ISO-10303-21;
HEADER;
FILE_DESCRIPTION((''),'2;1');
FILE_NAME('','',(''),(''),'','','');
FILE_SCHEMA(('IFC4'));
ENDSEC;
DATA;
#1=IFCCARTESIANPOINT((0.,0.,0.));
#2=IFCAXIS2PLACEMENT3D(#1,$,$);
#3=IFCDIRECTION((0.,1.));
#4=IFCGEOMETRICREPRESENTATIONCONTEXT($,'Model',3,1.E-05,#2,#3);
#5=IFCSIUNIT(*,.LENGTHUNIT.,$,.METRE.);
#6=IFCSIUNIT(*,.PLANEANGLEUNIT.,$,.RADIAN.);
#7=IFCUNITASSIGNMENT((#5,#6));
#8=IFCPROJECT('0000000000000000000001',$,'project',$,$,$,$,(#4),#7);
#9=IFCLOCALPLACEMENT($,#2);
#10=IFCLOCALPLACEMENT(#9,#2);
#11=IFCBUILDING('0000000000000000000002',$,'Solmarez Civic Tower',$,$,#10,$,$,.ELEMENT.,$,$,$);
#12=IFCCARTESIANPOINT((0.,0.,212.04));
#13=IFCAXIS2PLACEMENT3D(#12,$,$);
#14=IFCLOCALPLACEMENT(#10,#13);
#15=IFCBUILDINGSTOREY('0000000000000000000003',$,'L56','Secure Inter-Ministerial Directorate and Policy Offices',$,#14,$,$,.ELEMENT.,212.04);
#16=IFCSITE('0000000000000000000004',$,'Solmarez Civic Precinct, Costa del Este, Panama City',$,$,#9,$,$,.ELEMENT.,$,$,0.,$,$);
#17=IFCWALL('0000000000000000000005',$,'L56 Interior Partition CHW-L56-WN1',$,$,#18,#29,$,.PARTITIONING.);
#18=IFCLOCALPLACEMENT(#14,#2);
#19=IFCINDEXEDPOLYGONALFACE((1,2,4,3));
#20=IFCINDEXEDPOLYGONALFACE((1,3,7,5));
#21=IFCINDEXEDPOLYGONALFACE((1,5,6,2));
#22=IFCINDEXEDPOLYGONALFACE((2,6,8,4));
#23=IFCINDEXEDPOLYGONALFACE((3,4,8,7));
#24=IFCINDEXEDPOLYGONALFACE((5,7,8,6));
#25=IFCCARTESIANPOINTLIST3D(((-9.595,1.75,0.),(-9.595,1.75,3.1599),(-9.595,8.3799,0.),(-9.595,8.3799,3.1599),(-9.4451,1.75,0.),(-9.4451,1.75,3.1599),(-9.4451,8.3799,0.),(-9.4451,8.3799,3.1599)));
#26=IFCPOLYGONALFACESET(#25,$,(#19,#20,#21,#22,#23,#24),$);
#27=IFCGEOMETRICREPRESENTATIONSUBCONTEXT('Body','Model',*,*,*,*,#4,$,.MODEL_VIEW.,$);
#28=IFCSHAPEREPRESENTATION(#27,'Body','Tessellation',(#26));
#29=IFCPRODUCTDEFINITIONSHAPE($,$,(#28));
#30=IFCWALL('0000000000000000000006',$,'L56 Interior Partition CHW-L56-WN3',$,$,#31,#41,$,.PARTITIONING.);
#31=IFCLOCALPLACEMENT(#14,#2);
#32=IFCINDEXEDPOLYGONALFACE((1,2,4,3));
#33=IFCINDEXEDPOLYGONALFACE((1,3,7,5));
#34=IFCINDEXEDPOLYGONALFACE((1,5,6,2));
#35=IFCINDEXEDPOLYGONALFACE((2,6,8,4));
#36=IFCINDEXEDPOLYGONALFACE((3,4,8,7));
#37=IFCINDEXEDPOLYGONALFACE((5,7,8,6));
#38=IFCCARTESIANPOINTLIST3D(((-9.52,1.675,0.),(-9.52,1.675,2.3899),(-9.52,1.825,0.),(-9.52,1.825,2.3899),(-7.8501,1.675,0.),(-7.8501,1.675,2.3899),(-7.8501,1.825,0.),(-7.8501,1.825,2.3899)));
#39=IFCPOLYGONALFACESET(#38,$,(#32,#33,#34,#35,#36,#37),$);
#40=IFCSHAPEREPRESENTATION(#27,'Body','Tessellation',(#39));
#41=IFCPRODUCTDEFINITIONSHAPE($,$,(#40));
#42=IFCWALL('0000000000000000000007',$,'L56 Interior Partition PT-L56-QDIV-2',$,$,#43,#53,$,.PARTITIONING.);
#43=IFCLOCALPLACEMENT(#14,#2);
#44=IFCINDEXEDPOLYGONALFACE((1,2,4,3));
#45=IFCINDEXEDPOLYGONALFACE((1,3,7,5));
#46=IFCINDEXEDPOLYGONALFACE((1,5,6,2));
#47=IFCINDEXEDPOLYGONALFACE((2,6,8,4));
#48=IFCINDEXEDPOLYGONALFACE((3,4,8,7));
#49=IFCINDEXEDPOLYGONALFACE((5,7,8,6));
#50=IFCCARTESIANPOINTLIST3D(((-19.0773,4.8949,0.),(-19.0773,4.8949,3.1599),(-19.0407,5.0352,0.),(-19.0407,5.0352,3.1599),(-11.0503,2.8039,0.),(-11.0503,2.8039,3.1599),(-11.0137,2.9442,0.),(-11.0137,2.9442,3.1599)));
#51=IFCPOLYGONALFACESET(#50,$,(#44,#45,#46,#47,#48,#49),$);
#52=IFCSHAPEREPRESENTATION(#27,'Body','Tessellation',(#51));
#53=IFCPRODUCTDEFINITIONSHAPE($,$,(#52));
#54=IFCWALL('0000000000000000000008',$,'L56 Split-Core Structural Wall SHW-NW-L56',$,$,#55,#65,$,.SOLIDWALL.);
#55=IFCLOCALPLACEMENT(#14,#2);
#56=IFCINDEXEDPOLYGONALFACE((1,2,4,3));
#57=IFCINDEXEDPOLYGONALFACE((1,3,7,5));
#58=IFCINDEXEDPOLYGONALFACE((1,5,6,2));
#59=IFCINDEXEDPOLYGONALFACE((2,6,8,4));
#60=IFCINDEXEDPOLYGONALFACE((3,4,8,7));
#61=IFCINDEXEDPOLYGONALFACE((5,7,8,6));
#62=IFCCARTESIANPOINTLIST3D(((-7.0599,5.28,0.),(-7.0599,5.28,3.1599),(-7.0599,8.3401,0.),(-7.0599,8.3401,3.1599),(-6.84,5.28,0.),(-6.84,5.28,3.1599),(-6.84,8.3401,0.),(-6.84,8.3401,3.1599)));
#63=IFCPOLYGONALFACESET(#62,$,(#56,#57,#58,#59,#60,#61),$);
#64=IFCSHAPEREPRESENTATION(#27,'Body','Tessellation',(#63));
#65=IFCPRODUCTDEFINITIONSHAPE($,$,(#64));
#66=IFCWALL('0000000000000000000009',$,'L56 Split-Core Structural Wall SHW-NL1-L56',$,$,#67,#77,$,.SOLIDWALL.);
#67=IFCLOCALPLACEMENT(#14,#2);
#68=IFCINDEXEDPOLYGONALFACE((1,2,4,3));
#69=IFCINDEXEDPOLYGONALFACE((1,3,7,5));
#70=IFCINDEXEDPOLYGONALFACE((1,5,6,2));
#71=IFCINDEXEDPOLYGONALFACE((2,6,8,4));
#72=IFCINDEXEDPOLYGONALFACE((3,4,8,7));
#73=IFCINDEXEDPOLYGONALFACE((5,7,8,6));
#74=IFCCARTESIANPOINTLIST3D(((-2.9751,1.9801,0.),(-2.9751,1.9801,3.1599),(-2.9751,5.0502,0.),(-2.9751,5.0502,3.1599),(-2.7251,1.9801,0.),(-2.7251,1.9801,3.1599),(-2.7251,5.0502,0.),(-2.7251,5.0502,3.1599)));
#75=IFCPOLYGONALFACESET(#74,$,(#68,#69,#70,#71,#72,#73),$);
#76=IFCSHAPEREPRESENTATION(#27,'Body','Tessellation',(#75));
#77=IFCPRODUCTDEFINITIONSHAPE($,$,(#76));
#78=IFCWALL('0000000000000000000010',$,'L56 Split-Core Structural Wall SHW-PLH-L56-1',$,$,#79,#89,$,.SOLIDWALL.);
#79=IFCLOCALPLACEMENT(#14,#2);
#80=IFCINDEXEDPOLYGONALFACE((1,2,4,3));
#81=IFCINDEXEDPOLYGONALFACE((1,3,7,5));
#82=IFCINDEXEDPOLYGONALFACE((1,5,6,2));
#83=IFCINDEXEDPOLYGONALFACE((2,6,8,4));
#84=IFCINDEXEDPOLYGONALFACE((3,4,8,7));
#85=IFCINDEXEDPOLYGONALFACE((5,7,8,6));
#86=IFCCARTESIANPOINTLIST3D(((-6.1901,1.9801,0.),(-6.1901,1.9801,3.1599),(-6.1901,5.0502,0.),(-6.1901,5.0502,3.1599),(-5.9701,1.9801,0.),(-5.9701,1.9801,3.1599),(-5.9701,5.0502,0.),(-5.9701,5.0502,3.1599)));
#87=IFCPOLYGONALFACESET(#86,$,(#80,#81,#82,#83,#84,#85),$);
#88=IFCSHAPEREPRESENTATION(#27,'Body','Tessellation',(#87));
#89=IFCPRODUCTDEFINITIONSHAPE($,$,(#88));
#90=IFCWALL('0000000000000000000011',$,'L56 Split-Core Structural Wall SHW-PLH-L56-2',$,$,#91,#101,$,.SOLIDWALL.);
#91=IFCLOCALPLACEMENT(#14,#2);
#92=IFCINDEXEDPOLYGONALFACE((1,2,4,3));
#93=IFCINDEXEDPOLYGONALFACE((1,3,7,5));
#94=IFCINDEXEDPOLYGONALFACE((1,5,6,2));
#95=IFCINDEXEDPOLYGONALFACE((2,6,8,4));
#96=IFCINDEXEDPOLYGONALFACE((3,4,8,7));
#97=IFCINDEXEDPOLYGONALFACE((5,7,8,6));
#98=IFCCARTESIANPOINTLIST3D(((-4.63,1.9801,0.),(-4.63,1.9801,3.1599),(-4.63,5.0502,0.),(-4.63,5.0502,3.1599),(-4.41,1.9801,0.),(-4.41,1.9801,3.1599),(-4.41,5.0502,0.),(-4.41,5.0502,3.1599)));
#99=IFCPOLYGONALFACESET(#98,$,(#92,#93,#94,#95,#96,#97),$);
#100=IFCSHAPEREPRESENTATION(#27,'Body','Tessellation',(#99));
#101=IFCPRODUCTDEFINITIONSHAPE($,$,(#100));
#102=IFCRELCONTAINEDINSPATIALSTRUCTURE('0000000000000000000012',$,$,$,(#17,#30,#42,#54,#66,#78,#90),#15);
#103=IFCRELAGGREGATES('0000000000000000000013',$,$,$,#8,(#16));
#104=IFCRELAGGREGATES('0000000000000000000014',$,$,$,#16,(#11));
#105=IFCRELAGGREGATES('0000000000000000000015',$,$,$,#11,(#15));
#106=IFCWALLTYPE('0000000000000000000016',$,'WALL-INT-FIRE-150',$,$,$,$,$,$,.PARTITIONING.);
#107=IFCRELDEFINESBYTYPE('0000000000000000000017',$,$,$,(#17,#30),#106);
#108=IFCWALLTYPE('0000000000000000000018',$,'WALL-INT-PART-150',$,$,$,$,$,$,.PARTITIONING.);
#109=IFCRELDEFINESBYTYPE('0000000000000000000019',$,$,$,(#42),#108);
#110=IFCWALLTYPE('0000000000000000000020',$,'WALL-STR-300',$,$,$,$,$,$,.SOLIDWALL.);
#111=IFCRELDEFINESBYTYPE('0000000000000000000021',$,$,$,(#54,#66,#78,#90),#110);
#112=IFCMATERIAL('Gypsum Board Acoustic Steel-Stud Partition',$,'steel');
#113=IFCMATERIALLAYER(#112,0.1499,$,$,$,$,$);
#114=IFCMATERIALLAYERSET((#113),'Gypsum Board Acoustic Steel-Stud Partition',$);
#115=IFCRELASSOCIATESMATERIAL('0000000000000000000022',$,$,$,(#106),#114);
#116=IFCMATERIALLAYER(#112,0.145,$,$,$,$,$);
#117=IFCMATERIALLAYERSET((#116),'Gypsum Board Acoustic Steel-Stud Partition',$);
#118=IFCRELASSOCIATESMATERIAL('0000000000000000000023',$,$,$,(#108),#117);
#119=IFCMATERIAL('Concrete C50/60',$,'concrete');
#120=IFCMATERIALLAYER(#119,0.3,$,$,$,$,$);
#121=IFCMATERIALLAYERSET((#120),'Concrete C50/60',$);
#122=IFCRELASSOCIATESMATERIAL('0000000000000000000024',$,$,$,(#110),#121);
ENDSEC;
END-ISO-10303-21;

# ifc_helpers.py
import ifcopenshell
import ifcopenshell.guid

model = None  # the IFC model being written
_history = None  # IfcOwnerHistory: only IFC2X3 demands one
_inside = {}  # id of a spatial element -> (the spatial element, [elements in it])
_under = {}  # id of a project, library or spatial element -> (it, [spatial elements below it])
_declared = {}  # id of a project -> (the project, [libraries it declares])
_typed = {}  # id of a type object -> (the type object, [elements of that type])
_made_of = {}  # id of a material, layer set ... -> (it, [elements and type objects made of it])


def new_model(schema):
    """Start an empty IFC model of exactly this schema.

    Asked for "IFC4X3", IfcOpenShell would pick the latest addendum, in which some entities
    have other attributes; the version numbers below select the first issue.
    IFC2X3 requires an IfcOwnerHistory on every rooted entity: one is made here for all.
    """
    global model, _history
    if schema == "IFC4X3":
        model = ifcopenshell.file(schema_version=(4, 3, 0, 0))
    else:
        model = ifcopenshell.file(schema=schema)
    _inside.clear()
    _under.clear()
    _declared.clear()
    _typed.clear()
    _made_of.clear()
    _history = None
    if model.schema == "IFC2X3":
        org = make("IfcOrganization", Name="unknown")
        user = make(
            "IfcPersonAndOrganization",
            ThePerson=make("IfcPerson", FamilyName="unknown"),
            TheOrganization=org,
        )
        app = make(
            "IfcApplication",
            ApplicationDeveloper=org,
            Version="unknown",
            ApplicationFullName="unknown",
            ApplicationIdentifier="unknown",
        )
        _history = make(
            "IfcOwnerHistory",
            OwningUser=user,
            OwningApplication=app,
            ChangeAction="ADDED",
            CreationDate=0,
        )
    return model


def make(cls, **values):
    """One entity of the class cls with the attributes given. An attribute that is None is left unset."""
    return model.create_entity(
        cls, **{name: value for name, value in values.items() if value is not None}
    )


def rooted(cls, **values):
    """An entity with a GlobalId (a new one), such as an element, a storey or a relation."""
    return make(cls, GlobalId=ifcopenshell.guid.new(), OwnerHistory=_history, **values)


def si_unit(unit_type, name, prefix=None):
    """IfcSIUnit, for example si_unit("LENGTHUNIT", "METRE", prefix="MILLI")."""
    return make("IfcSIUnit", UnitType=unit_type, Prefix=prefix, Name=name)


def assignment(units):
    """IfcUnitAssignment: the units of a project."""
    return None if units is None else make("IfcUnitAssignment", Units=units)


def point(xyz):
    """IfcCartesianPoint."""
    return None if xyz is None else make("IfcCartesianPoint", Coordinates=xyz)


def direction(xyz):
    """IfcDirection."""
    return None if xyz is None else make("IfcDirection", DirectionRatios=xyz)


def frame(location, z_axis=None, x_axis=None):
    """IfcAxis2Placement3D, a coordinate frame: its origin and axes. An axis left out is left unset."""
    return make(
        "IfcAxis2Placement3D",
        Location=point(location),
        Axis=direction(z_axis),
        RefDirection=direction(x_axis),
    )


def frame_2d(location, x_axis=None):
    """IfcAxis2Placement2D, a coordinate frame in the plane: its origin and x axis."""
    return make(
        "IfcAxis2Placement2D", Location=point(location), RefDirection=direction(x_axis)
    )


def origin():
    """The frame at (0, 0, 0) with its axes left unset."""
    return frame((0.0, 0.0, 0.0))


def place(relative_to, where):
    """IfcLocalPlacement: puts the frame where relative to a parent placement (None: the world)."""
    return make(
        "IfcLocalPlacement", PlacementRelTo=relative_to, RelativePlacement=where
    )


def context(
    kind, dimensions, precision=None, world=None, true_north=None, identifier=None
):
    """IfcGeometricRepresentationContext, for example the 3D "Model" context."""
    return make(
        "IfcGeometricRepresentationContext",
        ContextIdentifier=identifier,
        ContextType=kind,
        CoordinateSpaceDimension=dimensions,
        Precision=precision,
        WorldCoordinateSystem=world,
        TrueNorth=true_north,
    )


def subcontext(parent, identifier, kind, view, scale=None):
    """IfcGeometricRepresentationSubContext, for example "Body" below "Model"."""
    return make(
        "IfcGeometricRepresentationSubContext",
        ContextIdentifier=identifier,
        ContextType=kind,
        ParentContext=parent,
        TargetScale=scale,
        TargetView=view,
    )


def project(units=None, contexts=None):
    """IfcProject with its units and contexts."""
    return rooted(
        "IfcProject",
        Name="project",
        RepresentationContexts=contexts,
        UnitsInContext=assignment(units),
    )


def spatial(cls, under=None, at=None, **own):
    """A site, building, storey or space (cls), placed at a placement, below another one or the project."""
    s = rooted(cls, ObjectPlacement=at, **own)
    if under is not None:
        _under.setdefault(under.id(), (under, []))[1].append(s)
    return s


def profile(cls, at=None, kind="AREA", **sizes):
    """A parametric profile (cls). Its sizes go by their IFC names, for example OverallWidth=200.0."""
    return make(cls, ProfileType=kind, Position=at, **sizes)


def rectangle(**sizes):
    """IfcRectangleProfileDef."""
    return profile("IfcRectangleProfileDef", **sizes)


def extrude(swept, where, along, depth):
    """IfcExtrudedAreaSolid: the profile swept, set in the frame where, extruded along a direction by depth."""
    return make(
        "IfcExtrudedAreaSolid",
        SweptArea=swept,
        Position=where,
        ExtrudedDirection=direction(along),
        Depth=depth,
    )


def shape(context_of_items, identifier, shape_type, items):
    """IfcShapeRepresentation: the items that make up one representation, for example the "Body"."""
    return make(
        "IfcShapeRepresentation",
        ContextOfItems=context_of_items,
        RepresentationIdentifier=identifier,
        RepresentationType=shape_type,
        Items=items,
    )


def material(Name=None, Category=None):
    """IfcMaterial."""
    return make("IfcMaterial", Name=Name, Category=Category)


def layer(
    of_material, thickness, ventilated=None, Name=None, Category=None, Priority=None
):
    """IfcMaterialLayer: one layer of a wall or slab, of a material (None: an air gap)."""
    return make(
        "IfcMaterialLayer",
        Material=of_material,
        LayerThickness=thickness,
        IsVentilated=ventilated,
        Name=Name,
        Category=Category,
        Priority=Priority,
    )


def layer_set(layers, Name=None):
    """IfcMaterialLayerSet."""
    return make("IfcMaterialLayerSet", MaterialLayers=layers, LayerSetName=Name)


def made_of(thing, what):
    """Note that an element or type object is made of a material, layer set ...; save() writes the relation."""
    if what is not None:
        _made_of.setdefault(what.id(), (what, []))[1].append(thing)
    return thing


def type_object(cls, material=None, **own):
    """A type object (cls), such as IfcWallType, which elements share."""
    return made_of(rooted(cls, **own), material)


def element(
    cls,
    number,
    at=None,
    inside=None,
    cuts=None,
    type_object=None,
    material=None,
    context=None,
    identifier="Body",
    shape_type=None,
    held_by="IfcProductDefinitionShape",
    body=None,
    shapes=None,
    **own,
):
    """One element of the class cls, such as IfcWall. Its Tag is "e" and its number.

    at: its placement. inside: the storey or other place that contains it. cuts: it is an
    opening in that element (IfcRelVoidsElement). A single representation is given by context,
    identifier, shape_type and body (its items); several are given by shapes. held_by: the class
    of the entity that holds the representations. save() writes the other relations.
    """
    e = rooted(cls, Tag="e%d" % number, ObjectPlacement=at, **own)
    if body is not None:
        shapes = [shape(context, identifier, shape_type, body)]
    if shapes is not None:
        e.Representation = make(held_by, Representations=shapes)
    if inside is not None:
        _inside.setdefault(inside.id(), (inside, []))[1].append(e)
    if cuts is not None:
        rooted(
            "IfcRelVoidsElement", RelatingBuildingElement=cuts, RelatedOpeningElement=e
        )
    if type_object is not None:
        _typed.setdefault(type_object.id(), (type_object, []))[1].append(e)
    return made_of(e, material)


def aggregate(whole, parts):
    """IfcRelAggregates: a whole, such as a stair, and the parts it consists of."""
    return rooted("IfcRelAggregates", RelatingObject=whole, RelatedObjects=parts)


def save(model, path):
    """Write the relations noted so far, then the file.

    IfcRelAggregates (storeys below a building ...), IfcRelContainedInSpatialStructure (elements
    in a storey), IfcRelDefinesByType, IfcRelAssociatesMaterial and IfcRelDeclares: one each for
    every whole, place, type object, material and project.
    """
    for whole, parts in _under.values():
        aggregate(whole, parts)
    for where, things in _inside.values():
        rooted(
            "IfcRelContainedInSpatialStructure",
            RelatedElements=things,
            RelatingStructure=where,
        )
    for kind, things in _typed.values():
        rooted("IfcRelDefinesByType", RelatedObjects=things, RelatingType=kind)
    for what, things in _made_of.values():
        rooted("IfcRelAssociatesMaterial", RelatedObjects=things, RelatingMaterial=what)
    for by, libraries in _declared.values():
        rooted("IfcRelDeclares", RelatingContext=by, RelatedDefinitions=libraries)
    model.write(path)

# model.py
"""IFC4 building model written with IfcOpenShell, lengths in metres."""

from ifc_helpers import new_model, si_unit, direction, frame, frame_2d, origin, place, context, subcontext, project, spatial, rectangle, extrude, material, layer, layer_set, type_object, element, save


model = new_model("IFC4")

# Units and contexts
model_context = context("Model", 3, precision=1e-05, world=origin(), true_north=direction((0.0, 1.0)))
body_context = subcontext(model_context, "Body", "Model", "MODEL_VIEW")
ifc_project = project(units=[si_unit("LENGTHUNIT", "METRE"), si_unit("PLANEANGLEUNIT", "RADIAN")], contexts=[model_context])

# Site, building, storey
site_placement = place(None, origin())
site = spatial("IfcSite", under=ifc_project, at=site_placement, Name="Solmarez Civic Precinct, Costa del Este, Panama City", CompositionType="ELEMENT", RefElevation=0.0)
building_placement = place(site_placement, origin())
building = spatial("IfcBuilding", under=site, at=building_placement, Name="Solmarez Civic Tower", CompositionType="ELEMENT")
storey_placement = place(building_placement, frame((0.0, 0.0, 212.04)))
storey = spatial("IfcBuildingStorey", under=building, at=storey_placement, Name="L56", Description="Secure Inter-Ministerial Directorate and Policy Offices", CompositionType="ELEMENT", Elevation=212.04)

# Shared definitions
ifc_material_1 = material(Name="Concrete C50/60", Category="concrete")

# Walls
ifc_material_2 = material(Name="Gypsum Board Acoustic Steel-Stud Partition", Category="steel")
ifc_layer_1 = layer(ifc_material_2, 0.1499)
ifc_layer_set_1 = layer_set([ifc_layer_1], Name="Gypsum Board Acoustic Steel-Stud Partition")
wall_type_1 = type_object("IfcWallType", Name="WALL-INT-FIRE-150", PredefinedType="PARTITIONING", material=ifc_layer_set_1)
wall_1_placement = place(storey_placement, frame((-9.52, 1.75, 0.0), z_axis=(0.0, 0.0, 1.0), x_axis=(0.0, 1.0, 0.0)))
element("IfcWall", 1, at=wall_1_placement, inside=storey, type_object=wall_type_1, Name="L56 Interior Partition CHW-L56-WN1", PredefinedType="PARTITIONING", context=body_context, shape_type="SweptSolid", body=[
    extrude(rectangle(XDim=6.6299, YDim=0.1499, at=frame_2d((3.3149, 0.0))), origin(), (0.0, 0.0, 1.0), 3.1599),
])
wall_2_placement = place(storey_placement, frame((-7.8501, 1.75, 0.0), z_axis=(0.0, 0.0, 1.0), x_axis=(-1.0, 0.0, 0.0)))
element("IfcWall", 2, at=wall_2_placement, inside=storey, type_object=wall_type_1, Name="L56 Interior Partition CHW-L56-WN3", PredefinedType="PARTITIONING", context=body_context, shape_type="SweptSolid", body=[
    extrude(rectangle(XDim=1.6699, YDim=0.1499, at=frame_2d((0.835, 0.0))), origin(), (0.0, 0.0, 1.0), 2.3899),
])
ifc_layer_2 = layer(ifc_material_2, 0.145)
ifc_layer_set_2 = layer_set([ifc_layer_2], Name="Gypsum Board Acoustic Steel-Stud Partition")
wall_type_2 = type_object("IfcWallType", Name="WALL-INT-PART-150", PredefinedType="PARTITIONING", material=ifc_layer_set_2)
wall_3_placement = place(storey_placement, frame((-11.032, 2.874, 0.0), z_axis=(0.0, 0.0, 1.0), x_axis=(-0.967704, 0.252088, 0.0)))
element("IfcWall", 3, at=wall_3_placement, inside=storey, type_object=wall_type_2, Name="L56 Interior Partition PT-L56-QDIV-2", PredefinedType="PARTITIONING", context=body_context, shape_type="SweptSolid", body=[
    extrude(rectangle(XDim=8.2949, YDim=0.145, at=frame_2d((4.1475, 0.0))), origin(), (0.0, 0.0, 1.0), 3.1599),
])
ifc_layer_3 = layer(ifc_material_1, 0.3)
ifc_layer_set_3 = layer_set([ifc_layer_3], Name="Concrete C50/60")
wall_type_3 = type_object("IfcWallType", Name="WALL-STR-300", PredefinedType="SOLIDWALL", material=ifc_layer_set_3)
wall_4_placement = place(storey_placement, frame((-6.95, 5.28, 0.0), z_axis=(0.0, 0.0, 1.0), x_axis=(0.0, 1.0, 0.0)))
element("IfcWall", 4, at=wall_4_placement, inside=storey, type_object=wall_type_3, Name="L56 Split-Core Structural Wall SHW-NW-L56", PredefinedType="SOLIDWALL", context=body_context, shape_type="SweptSolid", body=[
    extrude(rectangle(XDim=3.0601, YDim=0.22, at=frame_2d((1.53, 0.0))), origin(), (0.0, 0.0, 1.0), 3.1599),
])
wall_5_placement = place(storey_placement, frame((-2.8501, 1.98, 0.0), z_axis=(0.0, 0.0, 1.0), x_axis=(0.0, 1.0, 0.0)))
element("IfcWall", 5, at=wall_5_placement, inside=storey, type_object=wall_type_3, Name="L56 Split-Core Structural Wall SHW-NL1-L56", PredefinedType="SOLIDWALL", context=body_context, shape_type="SweptSolid", body=[
    extrude(rectangle(XDim=3.0701, YDim=0.25, at=frame_2d((1.5352, 0.0))), origin(), (0.0, 0.0, 1.0), 3.1599),
])
for number, where, z_axis, x_axis, name in (
    (6, (-6.0801, 1.98, 0.0), (0.0, 0.0, 1.0), (0.0, 1.0, 0.0), "L56 Split-Core Structural Wall SHW-PLH-L56-1"),
    (7, (-4.52, 1.98, 0.0), (0.0, 0.0, 1.0), (0.0, 1.0, 0.0), "L56 Split-Core Structural Wall SHW-PLH-L56-2"),
):
    element("IfcWall", number, at=place(storey_placement, frame(where, z_axis=z_axis, x_axis=x_axis)), inside=storey, type_object=wall_type_3, Name=name, PredefinedType="SOLIDWALL", context=body_context, shape_type="SweptSolid", body=[
        extrude(rectangle(XDim=3.0701, YDim=0.22, at=frame_2d((1.5352, 0.0))), origin(), (0.0, 0.0, 1.0), 3.1599),
    ])

save(model, "model.ifc")
